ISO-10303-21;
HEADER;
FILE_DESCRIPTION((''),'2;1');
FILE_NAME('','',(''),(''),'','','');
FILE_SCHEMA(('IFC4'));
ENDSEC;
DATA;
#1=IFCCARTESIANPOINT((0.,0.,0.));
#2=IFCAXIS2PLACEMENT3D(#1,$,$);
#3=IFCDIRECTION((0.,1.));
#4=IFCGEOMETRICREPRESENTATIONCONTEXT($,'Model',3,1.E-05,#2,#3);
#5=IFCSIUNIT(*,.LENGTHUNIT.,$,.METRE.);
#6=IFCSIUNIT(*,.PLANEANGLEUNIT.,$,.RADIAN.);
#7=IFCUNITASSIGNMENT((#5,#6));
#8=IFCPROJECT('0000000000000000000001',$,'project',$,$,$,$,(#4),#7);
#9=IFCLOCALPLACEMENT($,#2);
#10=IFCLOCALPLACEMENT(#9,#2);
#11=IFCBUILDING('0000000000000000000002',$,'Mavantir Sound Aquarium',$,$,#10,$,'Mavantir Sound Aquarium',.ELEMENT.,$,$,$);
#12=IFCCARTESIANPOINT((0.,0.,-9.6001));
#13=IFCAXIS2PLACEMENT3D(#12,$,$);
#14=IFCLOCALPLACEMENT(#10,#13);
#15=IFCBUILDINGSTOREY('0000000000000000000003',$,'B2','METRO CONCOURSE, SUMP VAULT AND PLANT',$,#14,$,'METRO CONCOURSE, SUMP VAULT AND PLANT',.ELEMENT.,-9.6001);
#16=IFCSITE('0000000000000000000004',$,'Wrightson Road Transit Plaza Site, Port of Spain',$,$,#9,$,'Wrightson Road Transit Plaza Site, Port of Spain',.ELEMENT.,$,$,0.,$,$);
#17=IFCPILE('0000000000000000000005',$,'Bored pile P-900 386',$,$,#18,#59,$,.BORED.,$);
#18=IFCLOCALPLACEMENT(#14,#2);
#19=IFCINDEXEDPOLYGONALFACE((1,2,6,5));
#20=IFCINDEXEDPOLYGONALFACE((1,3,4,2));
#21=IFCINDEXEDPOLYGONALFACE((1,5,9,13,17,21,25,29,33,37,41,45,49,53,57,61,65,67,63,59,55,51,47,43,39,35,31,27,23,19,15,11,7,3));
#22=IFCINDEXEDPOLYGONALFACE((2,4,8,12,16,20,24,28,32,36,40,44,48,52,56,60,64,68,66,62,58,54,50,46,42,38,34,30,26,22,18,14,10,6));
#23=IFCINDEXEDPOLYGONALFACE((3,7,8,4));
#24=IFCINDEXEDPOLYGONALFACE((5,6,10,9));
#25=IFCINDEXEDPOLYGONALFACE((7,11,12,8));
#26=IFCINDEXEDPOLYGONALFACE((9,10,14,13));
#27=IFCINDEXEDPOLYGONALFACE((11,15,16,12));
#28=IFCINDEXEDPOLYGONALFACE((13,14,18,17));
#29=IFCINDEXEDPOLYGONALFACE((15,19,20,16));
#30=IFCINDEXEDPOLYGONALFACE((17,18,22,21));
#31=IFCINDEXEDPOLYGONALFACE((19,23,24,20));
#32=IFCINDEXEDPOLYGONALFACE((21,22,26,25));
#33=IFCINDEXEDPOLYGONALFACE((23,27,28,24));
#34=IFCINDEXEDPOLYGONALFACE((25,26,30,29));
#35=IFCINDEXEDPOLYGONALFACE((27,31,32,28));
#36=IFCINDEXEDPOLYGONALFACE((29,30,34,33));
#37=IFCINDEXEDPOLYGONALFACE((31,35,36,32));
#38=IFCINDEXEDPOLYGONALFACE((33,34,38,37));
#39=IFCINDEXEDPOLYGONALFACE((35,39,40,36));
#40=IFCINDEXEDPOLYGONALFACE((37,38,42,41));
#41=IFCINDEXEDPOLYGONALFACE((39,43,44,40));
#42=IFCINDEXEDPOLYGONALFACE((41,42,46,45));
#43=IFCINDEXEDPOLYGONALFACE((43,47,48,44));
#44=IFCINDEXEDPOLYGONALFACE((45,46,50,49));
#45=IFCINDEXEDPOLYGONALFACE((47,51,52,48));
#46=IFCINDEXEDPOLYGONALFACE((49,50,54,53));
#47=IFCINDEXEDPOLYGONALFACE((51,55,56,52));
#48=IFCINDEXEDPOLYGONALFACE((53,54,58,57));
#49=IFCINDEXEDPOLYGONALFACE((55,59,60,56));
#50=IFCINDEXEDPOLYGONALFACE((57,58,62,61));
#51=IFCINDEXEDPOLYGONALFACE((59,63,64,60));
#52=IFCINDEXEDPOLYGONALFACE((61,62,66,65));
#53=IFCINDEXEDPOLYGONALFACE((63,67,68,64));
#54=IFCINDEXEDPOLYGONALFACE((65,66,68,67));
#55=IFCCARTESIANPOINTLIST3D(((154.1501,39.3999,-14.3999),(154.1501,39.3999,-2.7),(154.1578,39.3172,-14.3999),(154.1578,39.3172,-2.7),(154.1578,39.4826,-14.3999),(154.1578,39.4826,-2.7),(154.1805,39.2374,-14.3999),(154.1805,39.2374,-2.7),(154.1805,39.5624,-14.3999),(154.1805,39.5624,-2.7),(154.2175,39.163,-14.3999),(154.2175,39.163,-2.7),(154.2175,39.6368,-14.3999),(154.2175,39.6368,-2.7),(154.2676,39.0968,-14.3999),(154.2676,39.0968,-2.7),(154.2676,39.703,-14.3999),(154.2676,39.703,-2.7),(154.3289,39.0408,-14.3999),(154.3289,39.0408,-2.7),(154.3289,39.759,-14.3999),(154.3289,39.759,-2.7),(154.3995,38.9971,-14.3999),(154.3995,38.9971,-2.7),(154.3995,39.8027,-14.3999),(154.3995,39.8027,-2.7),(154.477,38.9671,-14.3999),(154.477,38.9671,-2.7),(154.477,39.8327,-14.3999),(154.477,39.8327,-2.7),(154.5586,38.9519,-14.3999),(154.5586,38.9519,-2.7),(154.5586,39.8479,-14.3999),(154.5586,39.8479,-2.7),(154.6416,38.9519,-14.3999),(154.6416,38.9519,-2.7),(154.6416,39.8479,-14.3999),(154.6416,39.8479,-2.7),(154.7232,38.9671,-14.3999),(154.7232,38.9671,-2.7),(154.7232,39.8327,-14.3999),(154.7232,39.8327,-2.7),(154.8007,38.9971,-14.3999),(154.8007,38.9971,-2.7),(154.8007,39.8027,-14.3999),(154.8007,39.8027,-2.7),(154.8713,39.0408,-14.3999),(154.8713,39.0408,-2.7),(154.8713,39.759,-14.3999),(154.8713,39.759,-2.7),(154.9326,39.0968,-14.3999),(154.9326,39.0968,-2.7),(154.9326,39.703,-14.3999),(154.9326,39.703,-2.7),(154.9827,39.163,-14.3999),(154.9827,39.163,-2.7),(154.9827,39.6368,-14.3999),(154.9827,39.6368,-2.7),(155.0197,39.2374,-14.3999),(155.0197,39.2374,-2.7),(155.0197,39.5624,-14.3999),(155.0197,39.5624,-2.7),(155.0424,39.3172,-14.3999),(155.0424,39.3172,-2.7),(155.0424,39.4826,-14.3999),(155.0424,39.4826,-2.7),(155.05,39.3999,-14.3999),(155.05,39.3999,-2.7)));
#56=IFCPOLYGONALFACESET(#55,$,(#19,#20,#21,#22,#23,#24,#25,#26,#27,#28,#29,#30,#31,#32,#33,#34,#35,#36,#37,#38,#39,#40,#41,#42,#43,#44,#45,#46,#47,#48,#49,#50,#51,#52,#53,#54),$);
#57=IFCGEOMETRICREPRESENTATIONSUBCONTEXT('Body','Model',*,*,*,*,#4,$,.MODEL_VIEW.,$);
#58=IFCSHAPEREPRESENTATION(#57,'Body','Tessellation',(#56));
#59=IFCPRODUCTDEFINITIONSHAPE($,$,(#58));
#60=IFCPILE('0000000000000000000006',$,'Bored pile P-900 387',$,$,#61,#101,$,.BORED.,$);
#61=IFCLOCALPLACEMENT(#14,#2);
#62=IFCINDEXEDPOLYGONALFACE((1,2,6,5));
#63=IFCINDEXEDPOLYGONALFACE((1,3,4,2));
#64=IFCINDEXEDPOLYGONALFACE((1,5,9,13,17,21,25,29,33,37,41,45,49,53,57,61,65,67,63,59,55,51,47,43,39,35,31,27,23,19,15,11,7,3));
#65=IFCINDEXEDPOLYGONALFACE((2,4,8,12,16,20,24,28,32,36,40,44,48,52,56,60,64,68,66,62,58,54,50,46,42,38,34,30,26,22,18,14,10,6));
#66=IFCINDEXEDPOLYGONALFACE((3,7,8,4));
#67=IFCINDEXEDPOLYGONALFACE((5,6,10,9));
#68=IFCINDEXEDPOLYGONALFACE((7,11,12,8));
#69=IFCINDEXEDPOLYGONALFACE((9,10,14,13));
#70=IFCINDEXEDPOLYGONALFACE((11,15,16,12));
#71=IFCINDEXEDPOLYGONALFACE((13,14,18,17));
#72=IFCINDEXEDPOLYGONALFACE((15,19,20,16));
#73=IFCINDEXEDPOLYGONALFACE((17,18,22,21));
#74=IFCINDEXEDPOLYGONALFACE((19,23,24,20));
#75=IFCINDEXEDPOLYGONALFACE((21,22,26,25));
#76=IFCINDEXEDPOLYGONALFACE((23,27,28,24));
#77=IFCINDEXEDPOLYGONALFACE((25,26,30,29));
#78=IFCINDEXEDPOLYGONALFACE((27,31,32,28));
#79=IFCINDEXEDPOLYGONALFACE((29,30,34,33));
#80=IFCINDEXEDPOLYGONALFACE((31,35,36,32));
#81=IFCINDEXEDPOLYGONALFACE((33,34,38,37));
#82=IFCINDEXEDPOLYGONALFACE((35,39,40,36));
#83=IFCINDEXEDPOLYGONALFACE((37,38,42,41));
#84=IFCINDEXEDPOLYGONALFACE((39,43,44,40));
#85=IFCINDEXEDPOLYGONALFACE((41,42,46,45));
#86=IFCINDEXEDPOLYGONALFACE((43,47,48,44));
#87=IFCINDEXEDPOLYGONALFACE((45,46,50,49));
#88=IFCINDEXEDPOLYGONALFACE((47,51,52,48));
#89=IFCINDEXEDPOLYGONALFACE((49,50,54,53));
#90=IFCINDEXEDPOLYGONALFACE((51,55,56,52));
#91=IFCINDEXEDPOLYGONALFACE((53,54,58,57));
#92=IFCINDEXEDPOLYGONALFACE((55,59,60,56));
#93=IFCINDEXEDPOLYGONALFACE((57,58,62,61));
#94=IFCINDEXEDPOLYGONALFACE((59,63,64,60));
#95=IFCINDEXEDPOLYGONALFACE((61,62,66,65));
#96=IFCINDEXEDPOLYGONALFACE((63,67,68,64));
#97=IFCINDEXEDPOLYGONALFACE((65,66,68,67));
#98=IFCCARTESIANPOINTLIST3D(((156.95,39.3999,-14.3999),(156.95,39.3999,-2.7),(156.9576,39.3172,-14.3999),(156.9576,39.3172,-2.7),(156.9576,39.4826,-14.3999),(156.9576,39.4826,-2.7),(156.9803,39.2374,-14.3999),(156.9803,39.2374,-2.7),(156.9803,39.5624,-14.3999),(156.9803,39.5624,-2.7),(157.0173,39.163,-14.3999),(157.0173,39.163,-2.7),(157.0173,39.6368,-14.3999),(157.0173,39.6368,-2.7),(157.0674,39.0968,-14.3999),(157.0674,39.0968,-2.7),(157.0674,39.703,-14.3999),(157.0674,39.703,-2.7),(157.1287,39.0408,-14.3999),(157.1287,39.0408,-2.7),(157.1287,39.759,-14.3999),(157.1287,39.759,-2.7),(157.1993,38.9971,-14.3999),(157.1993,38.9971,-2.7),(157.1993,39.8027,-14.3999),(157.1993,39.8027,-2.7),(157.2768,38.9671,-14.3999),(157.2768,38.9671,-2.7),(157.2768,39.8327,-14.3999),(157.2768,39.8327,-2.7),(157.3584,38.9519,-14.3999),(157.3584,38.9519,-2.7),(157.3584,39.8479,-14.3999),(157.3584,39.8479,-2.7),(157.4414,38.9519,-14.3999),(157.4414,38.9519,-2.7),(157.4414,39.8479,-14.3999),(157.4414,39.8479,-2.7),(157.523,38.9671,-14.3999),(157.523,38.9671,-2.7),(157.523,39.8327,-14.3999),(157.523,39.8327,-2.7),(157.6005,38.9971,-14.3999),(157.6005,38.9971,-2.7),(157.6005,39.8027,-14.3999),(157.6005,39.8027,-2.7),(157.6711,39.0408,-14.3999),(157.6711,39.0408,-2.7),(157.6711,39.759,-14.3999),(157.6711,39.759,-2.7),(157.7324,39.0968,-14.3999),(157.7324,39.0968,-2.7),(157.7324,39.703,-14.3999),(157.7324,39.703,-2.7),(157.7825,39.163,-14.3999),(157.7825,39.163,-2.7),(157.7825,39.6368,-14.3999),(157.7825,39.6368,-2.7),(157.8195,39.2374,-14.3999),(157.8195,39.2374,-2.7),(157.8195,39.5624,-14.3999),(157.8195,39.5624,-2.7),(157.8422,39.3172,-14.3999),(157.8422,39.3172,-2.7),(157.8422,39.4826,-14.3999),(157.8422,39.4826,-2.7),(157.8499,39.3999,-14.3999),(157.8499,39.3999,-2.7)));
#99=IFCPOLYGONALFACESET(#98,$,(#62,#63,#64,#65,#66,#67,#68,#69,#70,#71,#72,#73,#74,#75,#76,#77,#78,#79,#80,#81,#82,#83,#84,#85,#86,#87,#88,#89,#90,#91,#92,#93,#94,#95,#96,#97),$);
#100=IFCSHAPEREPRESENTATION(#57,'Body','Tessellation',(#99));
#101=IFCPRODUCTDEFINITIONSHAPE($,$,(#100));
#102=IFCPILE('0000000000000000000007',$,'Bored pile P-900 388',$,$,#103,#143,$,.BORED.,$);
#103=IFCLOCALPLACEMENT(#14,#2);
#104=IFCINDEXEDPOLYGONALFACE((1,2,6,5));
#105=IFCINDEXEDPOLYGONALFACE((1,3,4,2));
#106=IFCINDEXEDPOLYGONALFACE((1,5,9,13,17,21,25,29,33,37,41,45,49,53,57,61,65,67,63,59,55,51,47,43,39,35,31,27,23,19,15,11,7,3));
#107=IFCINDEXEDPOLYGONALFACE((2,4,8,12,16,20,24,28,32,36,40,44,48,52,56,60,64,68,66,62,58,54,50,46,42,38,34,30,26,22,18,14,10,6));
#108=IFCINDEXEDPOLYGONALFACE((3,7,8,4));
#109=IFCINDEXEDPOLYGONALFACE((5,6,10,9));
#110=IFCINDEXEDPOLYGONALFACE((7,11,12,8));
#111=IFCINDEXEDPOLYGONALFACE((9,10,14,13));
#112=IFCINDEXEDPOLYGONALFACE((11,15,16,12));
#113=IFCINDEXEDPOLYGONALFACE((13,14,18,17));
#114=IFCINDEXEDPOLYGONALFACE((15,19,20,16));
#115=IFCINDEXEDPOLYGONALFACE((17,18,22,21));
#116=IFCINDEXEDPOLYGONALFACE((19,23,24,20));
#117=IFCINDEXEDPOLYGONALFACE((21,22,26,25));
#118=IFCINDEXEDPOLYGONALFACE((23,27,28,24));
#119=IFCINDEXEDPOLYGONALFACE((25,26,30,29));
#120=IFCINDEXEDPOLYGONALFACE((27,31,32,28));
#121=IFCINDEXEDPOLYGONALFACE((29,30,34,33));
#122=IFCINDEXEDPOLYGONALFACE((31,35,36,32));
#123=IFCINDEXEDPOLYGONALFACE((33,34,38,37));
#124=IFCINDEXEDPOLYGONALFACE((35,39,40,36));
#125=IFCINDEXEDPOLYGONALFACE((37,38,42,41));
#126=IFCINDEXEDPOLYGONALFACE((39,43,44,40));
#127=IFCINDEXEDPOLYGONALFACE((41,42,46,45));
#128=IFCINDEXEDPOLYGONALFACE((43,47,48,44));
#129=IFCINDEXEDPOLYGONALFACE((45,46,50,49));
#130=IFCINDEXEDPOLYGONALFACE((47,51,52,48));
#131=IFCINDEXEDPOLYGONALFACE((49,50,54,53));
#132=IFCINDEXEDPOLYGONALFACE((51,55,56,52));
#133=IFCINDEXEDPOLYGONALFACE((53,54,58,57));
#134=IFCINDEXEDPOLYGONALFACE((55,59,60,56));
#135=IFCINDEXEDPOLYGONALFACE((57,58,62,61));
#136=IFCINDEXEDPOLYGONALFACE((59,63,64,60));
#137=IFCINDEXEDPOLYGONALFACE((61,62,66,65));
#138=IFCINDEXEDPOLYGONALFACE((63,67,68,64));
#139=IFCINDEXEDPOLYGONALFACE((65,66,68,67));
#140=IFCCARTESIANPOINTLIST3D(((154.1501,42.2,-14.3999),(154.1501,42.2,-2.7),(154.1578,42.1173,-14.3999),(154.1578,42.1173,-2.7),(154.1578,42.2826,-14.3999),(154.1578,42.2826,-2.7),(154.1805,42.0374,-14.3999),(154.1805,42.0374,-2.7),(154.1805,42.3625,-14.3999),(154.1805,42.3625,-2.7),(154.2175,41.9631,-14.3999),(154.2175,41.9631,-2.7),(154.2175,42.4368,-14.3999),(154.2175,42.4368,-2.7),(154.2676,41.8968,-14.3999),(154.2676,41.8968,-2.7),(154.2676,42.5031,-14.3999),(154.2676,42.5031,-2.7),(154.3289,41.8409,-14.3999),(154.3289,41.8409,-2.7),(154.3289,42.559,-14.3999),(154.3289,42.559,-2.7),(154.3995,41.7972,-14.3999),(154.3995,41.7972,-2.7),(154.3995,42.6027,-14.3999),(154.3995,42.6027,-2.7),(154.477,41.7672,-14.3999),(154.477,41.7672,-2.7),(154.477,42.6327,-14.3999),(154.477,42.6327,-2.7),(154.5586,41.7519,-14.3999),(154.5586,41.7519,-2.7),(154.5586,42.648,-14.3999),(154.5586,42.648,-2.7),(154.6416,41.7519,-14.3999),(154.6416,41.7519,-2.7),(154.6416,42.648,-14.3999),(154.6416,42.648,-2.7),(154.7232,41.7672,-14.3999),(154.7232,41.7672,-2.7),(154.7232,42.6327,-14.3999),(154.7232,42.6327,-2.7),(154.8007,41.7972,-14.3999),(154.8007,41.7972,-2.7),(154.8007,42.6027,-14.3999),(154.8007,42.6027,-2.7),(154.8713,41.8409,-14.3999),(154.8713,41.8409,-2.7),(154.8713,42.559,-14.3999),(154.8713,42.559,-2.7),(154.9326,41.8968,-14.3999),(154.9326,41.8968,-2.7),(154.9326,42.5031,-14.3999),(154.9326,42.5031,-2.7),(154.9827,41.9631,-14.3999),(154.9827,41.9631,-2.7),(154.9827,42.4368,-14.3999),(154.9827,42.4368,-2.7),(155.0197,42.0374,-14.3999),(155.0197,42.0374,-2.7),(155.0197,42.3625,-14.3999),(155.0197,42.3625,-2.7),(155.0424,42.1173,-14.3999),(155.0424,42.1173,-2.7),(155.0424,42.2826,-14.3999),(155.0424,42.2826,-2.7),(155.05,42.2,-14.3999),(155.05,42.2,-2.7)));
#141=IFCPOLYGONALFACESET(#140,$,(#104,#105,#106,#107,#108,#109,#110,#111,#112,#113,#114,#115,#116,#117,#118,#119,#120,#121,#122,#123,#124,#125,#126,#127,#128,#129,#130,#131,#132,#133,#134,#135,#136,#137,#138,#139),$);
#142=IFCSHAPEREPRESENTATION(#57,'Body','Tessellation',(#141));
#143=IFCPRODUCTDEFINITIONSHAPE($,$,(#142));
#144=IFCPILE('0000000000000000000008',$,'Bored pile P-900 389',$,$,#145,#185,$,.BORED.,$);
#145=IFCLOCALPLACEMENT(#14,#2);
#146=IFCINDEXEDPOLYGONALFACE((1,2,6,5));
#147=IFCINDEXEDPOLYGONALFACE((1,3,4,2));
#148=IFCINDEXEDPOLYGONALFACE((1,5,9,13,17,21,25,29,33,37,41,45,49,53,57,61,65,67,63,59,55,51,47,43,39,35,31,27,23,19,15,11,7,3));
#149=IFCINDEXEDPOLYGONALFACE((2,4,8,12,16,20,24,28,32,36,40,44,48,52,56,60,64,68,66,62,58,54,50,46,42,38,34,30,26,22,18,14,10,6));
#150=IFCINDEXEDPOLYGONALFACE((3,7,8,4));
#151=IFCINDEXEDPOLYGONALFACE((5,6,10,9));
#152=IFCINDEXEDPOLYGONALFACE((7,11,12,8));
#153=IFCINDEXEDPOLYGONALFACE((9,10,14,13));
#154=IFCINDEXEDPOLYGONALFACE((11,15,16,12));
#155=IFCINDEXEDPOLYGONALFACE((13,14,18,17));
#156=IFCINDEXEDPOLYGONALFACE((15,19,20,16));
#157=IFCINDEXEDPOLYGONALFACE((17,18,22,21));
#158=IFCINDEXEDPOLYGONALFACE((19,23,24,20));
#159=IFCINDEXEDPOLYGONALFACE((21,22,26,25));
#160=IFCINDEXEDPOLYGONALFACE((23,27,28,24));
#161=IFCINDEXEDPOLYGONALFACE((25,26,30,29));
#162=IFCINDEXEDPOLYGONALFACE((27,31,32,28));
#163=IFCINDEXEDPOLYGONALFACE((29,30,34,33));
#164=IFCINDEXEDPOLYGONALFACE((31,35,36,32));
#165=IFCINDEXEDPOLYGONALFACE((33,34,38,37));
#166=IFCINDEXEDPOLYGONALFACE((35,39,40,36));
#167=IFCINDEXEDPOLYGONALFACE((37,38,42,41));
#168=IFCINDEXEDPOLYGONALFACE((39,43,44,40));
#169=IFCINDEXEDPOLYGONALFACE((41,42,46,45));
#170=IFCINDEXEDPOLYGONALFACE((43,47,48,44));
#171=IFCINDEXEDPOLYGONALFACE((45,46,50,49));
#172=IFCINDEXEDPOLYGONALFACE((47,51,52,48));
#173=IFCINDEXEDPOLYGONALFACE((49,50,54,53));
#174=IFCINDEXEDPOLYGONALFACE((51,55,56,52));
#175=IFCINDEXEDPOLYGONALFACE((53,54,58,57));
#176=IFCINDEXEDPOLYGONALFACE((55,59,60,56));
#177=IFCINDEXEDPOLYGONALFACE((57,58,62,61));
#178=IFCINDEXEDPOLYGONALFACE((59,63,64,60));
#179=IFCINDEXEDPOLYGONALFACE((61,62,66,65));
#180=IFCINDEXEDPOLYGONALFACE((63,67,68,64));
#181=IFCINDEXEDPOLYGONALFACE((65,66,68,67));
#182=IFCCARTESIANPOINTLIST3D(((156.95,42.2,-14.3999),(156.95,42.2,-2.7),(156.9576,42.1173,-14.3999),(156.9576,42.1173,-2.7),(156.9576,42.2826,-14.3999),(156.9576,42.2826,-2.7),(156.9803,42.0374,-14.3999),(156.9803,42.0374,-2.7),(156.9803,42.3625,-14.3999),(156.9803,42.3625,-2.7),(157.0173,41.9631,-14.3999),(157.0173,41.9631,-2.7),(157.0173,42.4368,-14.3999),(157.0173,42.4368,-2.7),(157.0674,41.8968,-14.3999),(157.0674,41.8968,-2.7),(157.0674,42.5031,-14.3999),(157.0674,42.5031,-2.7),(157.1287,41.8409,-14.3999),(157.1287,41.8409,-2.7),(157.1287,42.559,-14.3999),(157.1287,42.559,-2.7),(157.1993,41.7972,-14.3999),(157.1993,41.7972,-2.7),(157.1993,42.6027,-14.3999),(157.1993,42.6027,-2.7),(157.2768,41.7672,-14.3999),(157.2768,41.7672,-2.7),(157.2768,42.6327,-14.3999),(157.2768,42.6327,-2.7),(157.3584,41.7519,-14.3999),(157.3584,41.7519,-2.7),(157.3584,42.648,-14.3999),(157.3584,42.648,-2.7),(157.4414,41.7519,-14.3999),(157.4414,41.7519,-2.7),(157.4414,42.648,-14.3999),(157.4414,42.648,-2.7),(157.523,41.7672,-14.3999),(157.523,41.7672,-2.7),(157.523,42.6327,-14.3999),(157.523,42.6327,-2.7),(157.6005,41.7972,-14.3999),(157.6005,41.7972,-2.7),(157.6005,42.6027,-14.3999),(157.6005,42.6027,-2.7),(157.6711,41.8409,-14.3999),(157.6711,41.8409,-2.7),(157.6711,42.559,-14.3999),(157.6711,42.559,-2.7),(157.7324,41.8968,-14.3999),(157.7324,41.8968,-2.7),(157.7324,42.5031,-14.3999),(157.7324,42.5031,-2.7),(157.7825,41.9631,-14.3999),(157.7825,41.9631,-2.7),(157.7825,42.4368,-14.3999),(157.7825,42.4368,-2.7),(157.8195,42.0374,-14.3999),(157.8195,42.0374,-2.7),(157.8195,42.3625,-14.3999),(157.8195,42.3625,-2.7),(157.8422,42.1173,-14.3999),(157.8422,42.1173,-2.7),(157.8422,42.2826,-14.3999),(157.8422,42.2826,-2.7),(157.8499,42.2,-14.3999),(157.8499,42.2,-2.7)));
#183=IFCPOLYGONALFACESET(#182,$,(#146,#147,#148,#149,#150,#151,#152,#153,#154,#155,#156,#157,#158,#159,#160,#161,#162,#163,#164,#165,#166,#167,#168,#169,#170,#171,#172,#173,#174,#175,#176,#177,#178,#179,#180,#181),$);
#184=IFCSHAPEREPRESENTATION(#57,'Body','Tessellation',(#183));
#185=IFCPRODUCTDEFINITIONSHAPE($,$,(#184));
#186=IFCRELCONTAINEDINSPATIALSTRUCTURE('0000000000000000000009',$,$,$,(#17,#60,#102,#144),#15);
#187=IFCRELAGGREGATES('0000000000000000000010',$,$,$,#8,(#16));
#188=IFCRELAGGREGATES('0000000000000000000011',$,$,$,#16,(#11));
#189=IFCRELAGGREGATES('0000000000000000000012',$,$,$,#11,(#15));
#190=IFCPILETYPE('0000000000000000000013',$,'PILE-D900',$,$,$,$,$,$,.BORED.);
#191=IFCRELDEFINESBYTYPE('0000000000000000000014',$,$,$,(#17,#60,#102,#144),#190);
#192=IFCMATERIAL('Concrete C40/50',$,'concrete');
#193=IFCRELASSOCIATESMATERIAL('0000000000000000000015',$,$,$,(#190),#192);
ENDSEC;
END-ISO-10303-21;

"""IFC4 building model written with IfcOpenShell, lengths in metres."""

from ifc_helpers import new_model, si_unit, direction, frame, origin, origin_2d, place, context, subcontext, project, spatial, circle, extrude, material, material_profile, profile_set, type_object, element, save


model = new_model("IFC4")

# Units and contexts
model_context = context("Model", 3, precision=1e-05, world=origin(), true_north=direction((0.0, 1.0)))
body_context = subcontext(model_context, "Body", "Model", "MODEL_VIEW")
ifc_project = project(units=[si_unit("LENGTHUNIT", "METRE"), si_unit("PLANEANGLEUNIT", "RADIAN")], contexts=[model_context])

# Site, building, storey
site_placement = place(None, origin())
site = spatial("IfcSite", under=ifc_project, at=site_placement, Name="Wrightson Road Transit Plaza Site, Port of Spain", LongName="Wrightson Road Transit Plaza Site, Port of Spain", CompositionType="ELEMENT", RefElevation=0.0)
building_placement = place(site_placement, origin())
building = spatial("IfcBuilding", under=site, at=building_placement, Name="Mavantir Sound Aquarium", LongName="Mavantir Sound Aquarium", CompositionType="ELEMENT")
storey_placement = place(building_placement, frame((0.0, 0.0, -9.6001)))
storey = spatial("IfcBuildingStorey", under=building, at=storey_placement, Name="B2", Description="METRO CONCOURSE, SUMP VAULT AND PLANT", LongName="METRO CONCOURSE, SUMP VAULT AND PLANT", CompositionType="ELEMENT", Elevation=-9.6001)

# Shared definitions
ifc_material_1 = material(Name="Concrete C40/50", Category="concrete")

# Piles
ifc_material_profile_1 = material_profile(ifc_material_1, circle(Radius=0.45, at=origin_2d()), Name="PILE D900")
ifc_profile_set_1 = profile_set([ifc_material_profile_1], Name="Concrete C40/50")
pile_type = type_object("IfcPileType", Name="PILE-D900", PredefinedType="BORED", material=ifc_profile_set_1)
for number, where, z_axis, x_axis, name in (
    (1, (154.6001, 39.3999, -2.7), (0.0, 0.0, -1.0), (1.0, 0.0, 0.0), "Bored pile P-900 386"),
    (2, (157.3999, 39.3999, -2.7), (0.0, 0.0, -1.0), (1.0, 0.0, 0.0), "Bored pile P-900 387"),
    (3, (154.6001, 42.2, -2.7), (0.0, 0.0, -1.0), (1.0, 0.0, 0.0), "Bored pile P-900 388"),
    (4, (157.3999, 42.2, -2.7), (0.0, 0.0, -1.0), (1.0, 0.0, 0.0), "Bored pile P-900 389"),
):
    element("IfcPile", number, at=place(storey_placement, frame(where, z_axis=z_axis, x_axis=x_axis)), inside=storey, type_object=pile_type, Name=name, PredefinedType="BORED", context=body_context, shape_type="SweptSolid", body=[
        extrude(circle(Radius=0.45, at=origin_2d()), origin(), (0.0, 0.0, 1.0), 11.7),
    ])

save(model, "model.ifc")
